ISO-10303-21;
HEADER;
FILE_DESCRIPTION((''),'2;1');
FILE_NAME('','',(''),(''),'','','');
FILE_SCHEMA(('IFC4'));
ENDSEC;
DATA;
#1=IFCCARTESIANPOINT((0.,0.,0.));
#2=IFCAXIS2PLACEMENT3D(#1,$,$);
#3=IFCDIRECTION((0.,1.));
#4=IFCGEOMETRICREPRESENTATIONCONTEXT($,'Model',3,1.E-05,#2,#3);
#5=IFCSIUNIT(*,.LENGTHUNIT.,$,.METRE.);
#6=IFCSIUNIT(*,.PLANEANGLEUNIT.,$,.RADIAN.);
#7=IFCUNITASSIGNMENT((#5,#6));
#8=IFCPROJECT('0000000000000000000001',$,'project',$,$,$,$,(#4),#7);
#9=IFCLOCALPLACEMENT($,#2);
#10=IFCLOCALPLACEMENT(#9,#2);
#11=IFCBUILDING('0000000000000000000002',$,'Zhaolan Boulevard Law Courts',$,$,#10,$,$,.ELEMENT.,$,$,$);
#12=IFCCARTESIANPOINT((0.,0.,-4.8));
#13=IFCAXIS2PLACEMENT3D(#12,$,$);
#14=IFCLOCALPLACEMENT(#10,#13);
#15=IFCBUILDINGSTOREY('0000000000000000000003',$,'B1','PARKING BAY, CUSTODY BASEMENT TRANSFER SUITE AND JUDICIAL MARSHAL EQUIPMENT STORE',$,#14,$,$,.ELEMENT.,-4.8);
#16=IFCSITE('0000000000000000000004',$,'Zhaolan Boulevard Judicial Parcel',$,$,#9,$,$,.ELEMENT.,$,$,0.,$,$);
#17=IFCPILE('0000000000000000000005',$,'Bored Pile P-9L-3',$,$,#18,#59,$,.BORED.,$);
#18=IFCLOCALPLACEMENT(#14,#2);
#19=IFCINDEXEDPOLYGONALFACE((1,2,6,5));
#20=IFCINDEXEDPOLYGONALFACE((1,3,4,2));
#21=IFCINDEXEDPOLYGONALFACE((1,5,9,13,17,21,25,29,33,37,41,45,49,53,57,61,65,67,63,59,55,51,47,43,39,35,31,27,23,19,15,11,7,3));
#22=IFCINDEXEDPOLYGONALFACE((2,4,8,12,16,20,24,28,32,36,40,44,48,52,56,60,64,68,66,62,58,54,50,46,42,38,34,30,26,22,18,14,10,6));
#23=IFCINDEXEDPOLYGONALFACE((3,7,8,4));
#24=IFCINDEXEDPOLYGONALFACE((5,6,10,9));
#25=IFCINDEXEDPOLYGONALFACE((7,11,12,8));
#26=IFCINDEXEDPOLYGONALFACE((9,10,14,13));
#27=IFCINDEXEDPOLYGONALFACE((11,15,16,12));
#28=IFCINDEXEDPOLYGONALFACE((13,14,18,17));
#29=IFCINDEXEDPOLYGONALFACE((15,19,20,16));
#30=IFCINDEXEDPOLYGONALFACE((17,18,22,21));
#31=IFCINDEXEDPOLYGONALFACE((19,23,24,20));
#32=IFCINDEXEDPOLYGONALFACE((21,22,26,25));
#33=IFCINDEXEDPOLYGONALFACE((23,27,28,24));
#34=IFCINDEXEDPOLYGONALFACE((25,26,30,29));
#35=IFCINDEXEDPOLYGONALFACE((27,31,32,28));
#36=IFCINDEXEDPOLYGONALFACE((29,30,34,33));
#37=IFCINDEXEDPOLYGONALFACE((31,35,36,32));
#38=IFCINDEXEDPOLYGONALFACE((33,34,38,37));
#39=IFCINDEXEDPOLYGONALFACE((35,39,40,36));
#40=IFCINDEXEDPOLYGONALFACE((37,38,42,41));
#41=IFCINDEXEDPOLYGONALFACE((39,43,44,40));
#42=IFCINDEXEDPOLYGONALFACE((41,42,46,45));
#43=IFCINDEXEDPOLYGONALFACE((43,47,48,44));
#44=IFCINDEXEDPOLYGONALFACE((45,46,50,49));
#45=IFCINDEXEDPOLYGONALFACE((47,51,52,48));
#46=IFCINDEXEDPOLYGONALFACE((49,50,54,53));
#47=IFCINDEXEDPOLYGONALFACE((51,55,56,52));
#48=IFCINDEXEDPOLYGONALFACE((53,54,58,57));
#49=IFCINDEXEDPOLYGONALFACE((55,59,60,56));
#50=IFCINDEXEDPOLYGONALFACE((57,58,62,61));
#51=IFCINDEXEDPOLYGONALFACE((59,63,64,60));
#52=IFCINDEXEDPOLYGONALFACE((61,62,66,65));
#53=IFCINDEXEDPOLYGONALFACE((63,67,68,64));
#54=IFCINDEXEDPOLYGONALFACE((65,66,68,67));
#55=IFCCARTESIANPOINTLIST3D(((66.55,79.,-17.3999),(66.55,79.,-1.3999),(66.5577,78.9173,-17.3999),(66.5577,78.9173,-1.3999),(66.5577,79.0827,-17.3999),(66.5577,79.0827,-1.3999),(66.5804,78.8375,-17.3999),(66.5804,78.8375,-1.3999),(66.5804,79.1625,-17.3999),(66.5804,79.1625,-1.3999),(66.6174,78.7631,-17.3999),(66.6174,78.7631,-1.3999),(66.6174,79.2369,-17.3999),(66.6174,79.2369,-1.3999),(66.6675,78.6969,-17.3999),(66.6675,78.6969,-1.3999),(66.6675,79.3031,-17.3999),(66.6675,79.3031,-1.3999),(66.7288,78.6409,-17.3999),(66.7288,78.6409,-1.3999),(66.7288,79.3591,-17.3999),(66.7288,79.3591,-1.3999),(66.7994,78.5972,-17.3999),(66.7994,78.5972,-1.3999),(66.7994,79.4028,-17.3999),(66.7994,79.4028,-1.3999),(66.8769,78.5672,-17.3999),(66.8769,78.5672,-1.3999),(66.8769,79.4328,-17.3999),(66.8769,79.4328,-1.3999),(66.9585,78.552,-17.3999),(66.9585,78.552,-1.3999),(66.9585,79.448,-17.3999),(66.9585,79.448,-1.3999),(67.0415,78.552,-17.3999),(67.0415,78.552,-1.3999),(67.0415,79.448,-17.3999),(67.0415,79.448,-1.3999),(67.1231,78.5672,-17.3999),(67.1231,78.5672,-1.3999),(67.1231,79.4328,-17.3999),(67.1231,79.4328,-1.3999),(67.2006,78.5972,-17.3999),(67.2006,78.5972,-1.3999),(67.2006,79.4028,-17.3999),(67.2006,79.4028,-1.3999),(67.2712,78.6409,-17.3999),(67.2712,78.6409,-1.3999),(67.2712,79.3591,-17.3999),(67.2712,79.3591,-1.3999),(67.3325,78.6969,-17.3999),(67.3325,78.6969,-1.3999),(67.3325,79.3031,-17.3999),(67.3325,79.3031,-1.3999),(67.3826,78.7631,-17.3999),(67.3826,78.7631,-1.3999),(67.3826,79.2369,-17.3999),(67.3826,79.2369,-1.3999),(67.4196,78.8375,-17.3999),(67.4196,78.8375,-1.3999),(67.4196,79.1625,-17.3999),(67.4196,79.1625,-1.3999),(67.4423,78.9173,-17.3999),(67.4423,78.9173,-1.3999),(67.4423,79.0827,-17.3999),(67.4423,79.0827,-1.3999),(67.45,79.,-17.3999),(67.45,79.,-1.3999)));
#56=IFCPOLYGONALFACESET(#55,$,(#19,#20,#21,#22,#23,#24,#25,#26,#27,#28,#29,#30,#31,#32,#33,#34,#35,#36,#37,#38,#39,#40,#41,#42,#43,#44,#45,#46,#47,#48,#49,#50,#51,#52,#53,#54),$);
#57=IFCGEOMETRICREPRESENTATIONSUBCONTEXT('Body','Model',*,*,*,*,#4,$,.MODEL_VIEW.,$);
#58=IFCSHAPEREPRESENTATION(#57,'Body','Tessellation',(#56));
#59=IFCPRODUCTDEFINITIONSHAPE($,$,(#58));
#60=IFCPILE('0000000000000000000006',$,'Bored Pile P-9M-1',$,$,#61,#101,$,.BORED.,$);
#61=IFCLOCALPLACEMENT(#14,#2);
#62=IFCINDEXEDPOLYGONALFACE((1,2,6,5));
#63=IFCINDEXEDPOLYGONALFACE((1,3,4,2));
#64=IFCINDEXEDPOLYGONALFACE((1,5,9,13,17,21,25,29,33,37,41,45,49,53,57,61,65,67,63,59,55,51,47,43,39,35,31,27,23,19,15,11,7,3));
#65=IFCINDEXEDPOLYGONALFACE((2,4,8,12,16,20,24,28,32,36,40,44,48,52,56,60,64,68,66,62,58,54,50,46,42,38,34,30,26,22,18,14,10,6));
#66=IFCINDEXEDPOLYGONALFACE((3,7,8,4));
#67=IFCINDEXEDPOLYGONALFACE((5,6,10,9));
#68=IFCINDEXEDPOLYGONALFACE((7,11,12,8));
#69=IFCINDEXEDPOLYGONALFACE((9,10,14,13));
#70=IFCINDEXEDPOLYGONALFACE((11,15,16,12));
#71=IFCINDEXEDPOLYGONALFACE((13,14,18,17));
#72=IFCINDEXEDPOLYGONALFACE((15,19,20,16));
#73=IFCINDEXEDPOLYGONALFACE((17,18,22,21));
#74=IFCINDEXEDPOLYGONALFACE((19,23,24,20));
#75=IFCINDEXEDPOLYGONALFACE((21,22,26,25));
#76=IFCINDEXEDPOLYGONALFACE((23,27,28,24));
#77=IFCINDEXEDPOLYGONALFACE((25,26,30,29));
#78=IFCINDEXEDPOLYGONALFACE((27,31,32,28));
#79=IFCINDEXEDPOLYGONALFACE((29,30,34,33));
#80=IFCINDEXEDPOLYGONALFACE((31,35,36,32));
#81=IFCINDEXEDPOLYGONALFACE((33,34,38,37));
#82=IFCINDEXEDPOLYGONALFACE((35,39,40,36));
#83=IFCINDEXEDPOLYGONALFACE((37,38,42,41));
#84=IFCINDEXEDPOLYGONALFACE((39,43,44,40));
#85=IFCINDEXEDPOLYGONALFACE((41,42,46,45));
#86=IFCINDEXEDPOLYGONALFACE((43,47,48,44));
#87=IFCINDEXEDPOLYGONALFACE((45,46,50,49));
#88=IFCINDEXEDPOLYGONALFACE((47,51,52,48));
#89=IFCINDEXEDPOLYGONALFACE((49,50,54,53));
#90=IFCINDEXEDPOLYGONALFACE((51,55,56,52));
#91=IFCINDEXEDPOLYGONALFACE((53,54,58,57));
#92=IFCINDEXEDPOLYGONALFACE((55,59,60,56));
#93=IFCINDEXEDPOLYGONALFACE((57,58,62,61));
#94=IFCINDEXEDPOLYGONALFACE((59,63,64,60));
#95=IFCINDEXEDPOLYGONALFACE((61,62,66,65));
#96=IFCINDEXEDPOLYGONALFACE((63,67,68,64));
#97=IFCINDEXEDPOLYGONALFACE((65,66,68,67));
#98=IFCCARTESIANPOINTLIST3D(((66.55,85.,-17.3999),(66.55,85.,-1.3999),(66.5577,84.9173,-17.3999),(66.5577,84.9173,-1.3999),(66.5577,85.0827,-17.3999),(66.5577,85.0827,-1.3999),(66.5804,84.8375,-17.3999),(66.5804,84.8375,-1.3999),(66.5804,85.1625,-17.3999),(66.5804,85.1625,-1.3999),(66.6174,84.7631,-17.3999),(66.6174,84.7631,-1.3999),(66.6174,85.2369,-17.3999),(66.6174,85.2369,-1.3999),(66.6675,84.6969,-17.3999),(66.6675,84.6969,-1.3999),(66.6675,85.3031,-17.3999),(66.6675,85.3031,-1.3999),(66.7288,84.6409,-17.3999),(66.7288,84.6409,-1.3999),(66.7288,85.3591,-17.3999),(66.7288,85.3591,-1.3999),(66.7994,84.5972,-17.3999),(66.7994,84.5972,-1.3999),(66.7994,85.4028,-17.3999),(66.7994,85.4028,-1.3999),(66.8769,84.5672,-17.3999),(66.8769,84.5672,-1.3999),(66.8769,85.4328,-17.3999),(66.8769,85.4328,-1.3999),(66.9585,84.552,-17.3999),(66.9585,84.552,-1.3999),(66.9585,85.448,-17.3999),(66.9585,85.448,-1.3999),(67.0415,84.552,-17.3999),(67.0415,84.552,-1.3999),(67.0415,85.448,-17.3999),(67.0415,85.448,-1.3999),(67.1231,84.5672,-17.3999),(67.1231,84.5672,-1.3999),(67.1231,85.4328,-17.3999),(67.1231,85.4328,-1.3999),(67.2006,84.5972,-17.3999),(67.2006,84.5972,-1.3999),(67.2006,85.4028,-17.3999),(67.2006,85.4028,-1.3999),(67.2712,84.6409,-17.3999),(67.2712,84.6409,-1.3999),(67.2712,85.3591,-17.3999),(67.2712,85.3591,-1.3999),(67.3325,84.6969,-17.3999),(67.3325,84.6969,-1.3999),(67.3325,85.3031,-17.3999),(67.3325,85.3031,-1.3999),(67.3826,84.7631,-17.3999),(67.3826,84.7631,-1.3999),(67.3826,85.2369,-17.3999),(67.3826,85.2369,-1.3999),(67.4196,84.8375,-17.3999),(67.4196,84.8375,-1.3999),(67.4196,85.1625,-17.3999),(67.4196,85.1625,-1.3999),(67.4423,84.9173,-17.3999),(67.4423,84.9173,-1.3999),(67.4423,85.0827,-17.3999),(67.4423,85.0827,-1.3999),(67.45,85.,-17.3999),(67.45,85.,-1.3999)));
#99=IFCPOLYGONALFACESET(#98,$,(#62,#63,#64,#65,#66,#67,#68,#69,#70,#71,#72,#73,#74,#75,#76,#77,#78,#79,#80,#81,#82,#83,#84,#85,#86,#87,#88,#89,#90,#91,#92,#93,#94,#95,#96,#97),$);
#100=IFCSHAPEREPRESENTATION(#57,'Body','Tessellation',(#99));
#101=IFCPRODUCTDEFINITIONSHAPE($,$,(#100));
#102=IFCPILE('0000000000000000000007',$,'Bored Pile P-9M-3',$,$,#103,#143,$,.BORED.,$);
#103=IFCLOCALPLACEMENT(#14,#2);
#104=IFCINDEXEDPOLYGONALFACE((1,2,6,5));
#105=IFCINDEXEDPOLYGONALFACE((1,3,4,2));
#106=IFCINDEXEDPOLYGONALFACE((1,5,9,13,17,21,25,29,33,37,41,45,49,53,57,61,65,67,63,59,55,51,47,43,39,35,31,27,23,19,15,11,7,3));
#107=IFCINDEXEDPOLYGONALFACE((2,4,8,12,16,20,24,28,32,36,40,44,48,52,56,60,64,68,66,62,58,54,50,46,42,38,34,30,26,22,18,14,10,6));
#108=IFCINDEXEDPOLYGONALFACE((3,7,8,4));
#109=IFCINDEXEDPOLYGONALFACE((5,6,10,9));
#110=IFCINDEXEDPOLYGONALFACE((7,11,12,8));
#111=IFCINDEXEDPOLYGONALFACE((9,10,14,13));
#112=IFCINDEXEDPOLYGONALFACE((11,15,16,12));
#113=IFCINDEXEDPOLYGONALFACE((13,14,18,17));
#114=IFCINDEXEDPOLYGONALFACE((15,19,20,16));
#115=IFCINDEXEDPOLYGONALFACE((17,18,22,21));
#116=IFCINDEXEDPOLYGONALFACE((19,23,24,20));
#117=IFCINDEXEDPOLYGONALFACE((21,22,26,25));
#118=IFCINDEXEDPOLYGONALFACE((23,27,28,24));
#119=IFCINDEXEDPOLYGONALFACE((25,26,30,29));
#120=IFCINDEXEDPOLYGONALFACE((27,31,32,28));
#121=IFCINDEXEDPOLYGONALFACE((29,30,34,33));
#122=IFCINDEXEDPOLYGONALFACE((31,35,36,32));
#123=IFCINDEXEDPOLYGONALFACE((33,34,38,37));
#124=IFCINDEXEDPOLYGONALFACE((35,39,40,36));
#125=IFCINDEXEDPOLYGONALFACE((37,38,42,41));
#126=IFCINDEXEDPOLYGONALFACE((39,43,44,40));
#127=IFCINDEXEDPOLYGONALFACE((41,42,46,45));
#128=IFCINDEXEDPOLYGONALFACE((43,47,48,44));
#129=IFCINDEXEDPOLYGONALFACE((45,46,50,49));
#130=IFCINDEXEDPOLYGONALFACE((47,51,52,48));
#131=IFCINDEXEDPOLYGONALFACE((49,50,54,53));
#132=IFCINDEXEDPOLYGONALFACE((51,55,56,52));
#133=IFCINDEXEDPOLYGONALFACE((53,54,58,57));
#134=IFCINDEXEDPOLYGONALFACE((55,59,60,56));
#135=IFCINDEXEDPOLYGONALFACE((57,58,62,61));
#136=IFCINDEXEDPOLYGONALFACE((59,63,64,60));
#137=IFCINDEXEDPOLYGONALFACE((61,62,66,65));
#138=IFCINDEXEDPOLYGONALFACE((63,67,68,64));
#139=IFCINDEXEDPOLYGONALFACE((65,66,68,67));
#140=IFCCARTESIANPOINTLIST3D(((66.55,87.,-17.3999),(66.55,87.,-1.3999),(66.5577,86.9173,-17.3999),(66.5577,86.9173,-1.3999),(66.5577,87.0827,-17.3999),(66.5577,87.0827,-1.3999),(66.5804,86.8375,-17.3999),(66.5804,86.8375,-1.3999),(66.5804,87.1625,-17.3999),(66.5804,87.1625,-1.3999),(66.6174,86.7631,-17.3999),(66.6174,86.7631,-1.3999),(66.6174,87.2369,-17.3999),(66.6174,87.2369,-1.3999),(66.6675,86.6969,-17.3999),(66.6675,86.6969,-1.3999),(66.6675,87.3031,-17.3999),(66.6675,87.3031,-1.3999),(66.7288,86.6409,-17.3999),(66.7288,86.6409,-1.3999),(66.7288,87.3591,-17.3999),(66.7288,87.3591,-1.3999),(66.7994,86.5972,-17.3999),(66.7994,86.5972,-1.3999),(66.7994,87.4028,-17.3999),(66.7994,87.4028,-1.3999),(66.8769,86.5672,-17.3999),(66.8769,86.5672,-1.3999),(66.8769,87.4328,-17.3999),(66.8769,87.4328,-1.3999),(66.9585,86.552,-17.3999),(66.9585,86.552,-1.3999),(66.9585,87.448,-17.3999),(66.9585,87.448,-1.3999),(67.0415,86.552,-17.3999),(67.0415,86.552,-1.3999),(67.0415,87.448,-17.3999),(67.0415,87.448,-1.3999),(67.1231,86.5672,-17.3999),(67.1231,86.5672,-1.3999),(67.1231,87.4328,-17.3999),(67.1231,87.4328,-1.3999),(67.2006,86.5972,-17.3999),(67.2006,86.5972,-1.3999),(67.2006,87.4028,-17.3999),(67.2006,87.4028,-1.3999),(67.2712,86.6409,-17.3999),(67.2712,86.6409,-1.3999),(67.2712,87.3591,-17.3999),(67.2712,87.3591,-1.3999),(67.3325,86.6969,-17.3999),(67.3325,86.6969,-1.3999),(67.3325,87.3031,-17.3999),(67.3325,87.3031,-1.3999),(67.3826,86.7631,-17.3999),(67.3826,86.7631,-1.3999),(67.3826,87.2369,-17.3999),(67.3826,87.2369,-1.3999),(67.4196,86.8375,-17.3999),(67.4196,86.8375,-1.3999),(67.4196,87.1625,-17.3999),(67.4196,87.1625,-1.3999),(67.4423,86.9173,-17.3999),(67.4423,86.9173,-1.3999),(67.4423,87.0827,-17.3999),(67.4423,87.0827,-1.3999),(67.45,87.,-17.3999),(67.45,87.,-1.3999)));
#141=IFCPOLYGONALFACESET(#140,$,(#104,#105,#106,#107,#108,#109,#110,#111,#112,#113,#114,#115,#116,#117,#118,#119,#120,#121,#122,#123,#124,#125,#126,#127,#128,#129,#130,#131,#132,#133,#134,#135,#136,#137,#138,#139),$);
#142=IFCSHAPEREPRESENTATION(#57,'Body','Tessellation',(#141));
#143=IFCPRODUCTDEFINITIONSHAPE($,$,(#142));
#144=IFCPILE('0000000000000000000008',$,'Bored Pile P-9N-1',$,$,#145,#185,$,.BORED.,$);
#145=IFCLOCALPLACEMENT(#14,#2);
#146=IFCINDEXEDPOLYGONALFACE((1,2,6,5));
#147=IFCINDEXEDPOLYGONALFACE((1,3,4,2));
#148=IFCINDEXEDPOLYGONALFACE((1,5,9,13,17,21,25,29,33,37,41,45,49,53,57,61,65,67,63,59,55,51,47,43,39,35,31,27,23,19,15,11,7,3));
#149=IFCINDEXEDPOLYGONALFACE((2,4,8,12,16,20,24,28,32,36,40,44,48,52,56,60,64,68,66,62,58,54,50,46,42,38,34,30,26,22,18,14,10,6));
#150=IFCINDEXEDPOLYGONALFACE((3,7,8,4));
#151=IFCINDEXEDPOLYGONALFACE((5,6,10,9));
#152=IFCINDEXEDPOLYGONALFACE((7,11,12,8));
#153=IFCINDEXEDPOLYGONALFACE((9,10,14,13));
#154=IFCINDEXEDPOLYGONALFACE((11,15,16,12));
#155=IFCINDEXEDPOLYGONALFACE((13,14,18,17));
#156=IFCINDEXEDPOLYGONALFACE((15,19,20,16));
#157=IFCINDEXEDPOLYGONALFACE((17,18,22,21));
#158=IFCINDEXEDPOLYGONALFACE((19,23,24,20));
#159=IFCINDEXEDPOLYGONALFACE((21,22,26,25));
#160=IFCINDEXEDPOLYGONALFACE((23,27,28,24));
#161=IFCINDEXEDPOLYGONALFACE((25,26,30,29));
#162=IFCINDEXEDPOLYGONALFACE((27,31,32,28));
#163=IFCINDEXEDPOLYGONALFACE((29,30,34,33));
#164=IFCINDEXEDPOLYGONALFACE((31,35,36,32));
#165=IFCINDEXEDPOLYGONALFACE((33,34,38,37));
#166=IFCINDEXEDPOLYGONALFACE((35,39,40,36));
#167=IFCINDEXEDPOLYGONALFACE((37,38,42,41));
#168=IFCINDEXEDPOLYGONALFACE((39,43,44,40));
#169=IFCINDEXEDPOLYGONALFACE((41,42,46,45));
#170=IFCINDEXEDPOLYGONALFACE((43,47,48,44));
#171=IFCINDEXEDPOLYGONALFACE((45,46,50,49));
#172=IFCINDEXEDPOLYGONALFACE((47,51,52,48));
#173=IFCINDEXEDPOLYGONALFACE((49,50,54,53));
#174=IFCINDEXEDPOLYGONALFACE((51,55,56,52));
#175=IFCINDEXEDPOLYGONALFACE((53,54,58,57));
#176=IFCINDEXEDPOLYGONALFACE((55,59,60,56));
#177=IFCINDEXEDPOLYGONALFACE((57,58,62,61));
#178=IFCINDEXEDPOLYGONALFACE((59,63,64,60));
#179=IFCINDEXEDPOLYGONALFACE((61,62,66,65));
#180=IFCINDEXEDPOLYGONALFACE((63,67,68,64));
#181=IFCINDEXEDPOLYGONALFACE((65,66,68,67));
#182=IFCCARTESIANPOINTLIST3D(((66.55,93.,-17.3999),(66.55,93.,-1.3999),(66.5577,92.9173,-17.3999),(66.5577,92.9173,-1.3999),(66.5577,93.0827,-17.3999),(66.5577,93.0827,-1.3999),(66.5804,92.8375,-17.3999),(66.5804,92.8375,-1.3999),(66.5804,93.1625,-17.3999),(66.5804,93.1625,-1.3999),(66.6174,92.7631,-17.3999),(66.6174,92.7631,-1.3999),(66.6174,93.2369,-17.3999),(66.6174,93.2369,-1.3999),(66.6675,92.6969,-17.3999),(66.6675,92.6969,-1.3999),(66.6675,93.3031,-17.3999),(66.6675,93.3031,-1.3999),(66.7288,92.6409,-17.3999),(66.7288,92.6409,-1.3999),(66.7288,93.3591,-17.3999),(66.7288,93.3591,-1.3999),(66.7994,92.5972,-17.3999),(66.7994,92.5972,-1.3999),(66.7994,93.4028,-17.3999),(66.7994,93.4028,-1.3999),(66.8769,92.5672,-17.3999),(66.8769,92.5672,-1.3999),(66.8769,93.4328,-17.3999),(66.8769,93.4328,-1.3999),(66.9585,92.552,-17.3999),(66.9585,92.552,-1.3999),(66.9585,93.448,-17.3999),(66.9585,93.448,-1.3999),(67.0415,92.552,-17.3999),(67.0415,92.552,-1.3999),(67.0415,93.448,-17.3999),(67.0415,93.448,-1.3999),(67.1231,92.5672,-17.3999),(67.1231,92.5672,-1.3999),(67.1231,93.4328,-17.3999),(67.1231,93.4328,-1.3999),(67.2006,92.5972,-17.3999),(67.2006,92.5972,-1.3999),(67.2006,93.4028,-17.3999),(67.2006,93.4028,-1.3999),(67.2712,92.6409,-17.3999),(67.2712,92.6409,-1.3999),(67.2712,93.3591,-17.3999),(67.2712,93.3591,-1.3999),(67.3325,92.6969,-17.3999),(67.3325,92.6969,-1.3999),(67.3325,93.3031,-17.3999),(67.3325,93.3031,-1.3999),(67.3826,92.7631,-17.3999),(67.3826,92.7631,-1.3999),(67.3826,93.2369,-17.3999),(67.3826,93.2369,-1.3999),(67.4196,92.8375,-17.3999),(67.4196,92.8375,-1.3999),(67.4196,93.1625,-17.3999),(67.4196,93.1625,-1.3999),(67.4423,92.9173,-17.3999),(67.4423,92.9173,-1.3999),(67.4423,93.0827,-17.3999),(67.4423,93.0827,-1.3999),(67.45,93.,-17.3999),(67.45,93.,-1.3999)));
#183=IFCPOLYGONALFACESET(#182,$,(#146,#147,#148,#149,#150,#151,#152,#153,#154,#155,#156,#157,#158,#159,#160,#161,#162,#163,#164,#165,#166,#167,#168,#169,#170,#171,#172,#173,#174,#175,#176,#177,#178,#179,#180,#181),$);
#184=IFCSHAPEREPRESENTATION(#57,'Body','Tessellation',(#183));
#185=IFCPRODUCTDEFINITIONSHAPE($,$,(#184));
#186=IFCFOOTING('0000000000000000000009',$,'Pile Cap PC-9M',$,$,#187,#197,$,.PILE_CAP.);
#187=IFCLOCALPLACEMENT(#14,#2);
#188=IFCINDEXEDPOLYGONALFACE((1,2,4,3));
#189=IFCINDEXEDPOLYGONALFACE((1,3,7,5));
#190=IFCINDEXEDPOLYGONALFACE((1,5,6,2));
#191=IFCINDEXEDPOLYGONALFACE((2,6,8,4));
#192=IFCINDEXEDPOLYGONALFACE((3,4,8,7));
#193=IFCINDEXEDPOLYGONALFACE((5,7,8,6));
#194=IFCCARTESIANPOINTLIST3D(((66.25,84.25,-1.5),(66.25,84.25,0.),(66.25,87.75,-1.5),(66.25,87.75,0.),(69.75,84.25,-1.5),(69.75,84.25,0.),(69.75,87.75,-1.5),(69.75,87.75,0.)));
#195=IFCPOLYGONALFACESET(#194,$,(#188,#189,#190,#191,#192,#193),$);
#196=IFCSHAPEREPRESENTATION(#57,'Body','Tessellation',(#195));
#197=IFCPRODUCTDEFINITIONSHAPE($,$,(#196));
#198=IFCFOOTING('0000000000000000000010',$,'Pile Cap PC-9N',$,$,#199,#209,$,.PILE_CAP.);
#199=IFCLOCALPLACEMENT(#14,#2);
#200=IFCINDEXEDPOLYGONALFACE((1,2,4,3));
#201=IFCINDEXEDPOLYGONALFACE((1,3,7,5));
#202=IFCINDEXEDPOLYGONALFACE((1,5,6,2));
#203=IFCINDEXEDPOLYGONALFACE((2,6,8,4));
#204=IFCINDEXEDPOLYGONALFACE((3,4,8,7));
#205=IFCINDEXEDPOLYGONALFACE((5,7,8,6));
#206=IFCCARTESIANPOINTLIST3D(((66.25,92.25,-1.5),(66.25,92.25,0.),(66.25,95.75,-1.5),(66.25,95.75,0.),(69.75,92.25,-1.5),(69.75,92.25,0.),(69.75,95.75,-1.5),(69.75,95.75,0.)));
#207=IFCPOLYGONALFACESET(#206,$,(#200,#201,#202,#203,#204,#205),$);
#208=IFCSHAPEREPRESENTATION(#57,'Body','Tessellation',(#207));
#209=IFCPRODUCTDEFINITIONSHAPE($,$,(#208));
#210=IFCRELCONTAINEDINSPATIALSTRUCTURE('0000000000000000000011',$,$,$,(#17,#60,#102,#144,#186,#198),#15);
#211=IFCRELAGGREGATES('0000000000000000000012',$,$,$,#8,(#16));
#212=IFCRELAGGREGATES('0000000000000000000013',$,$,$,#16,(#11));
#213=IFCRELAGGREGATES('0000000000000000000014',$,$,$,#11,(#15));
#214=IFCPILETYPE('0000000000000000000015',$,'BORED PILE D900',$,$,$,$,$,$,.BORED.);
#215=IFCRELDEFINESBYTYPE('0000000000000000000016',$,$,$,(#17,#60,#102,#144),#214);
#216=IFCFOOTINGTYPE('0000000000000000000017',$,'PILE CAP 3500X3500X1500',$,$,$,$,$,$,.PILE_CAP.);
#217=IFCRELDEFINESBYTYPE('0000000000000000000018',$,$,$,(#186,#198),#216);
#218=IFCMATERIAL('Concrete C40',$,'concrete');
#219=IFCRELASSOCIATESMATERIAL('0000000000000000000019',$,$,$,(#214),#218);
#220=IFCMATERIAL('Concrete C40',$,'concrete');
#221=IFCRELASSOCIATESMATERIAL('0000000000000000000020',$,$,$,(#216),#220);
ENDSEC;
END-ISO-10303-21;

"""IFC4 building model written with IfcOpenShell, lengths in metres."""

from ifc_helpers import new_model, si_unit, direction, frame, origin, origin_2d, place, context, subcontext, project, spatial, rectangle, circle, extrude, material, material_profile, profile_set, type_object, element, save


model = new_model("IFC4")

# Units and contexts
model_context = context("Model", 3, precision=1e-05, world=origin(), true_north=direction((0.0, 1.0)))
body_context = subcontext(model_context, "Body", "Model", "MODEL_VIEW")
ifc_project = project(units=[si_unit("LENGTHUNIT", "METRE"), si_unit("PLANEANGLEUNIT", "RADIAN")], contexts=[model_context])

# Site, building, storey
site_placement = place(None, origin())
site = spatial("IfcSite", under=ifc_project, at=site_placement, Name="Zhaolan Boulevard Judicial Parcel", CompositionType="ELEMENT", RefElevation=0.0)
building_placement = place(site_placement, origin())
building = spatial("IfcBuilding", under=site, at=building_placement, Name="Zhaolan Boulevard Law Courts", CompositionType="ELEMENT")
storey_placement = place(building_placement, frame((0.0, 0.0, -4.8)))
storey = spatial("IfcBuildingStorey", under=building, at=storey_placement, Name="B1", Description="PARKING BAY, CUSTODY BASEMENT TRANSFER SUITE AND JUDICIAL MARSHAL EQUIPMENT STORE", CompositionType="ELEMENT", Elevation=-4.8)

# Piles
ifc_material_1 = material(Name="Concrete C40", Category="concrete")
ifc_material_profile_1 = material_profile(ifc_material_1, circle(Radius=0.45, at=origin_2d()), Name="PILE-D900")
ifc_profile_set_1 = profile_set([ifc_material_profile_1], Name="Concrete C40")
pile_type = type_object("IfcPileType", Name="BORED PILE D900", PredefinedType="BORED", material=ifc_profile_set_1)
for number, where, z_axis, x_axis, name in (
    (1, (67.0, 79.0, -1.3999), (0.0, 0.0, -1.0), (1.0, 0.0, 0.0), "Bored Pile P-9L-3"),
    (2, (67.0, 85.0, -1.3999), (0.0, 0.0, -1.0), (1.0, 0.0, 0.0), "Bored Pile P-9M-1"),
    (3, (67.0, 87.0, -1.3999), (0.0, 0.0, -1.0), (1.0, 0.0, 0.0), "Bored Pile P-9M-3"),
    (4, (67.0, 93.0, -1.3999), (0.0, 0.0, -1.0), (1.0, 0.0, 0.0), "Bored Pile P-9N-1"),
):
    element("IfcPile", number, at=place(storey_placement, frame(where, z_axis=z_axis, x_axis=x_axis)), inside=storey, type_object=pile_type, Name=name, PredefinedType="BORED", context=body_context, shape_type="SweptSolid", body=[
        extrude(circle(Radius=0.45, at=origin_2d()), origin(), (0.0, 0.0, 1.0), 16.0),
    ])

# Footings
ifc_material_2 = material(Name="Concrete C40", Category="concrete")
footing_type_1 = type_object("IfcFootingType", Name="PILE CAP 3500X3500X1500", PredefinedType="PILE_CAP", material=ifc_material_2)
for number, where, z_axis, x_axis, name in (
    (5, (68.0, 86.0, -1.5), (0.0, 0.0, 1.0), (1.0, 0.0, 0.0), "Pile Cap PC-9M"),
    (6, (68.0, 94.0, -1.5), (0.0, 0.0, 1.0), (1.0, 0.0, 0.0), "Pile Cap PC-9N"),
):
    element("IfcFooting", number, at=place(storey_placement, frame(where, z_axis=z_axis, x_axis=x_axis)), inside=storey, type_object=footing_type_1, Name=name, PredefinedType="PILE_CAP", context=body_context, shape_type="SweptSolid", body=[
        extrude(rectangle(XDim=3.5, YDim=3.5, at=origin_2d()), origin(), (0.0, 0.0, 1.0), 1.5),
    ])

save(model, "model.ifc")
